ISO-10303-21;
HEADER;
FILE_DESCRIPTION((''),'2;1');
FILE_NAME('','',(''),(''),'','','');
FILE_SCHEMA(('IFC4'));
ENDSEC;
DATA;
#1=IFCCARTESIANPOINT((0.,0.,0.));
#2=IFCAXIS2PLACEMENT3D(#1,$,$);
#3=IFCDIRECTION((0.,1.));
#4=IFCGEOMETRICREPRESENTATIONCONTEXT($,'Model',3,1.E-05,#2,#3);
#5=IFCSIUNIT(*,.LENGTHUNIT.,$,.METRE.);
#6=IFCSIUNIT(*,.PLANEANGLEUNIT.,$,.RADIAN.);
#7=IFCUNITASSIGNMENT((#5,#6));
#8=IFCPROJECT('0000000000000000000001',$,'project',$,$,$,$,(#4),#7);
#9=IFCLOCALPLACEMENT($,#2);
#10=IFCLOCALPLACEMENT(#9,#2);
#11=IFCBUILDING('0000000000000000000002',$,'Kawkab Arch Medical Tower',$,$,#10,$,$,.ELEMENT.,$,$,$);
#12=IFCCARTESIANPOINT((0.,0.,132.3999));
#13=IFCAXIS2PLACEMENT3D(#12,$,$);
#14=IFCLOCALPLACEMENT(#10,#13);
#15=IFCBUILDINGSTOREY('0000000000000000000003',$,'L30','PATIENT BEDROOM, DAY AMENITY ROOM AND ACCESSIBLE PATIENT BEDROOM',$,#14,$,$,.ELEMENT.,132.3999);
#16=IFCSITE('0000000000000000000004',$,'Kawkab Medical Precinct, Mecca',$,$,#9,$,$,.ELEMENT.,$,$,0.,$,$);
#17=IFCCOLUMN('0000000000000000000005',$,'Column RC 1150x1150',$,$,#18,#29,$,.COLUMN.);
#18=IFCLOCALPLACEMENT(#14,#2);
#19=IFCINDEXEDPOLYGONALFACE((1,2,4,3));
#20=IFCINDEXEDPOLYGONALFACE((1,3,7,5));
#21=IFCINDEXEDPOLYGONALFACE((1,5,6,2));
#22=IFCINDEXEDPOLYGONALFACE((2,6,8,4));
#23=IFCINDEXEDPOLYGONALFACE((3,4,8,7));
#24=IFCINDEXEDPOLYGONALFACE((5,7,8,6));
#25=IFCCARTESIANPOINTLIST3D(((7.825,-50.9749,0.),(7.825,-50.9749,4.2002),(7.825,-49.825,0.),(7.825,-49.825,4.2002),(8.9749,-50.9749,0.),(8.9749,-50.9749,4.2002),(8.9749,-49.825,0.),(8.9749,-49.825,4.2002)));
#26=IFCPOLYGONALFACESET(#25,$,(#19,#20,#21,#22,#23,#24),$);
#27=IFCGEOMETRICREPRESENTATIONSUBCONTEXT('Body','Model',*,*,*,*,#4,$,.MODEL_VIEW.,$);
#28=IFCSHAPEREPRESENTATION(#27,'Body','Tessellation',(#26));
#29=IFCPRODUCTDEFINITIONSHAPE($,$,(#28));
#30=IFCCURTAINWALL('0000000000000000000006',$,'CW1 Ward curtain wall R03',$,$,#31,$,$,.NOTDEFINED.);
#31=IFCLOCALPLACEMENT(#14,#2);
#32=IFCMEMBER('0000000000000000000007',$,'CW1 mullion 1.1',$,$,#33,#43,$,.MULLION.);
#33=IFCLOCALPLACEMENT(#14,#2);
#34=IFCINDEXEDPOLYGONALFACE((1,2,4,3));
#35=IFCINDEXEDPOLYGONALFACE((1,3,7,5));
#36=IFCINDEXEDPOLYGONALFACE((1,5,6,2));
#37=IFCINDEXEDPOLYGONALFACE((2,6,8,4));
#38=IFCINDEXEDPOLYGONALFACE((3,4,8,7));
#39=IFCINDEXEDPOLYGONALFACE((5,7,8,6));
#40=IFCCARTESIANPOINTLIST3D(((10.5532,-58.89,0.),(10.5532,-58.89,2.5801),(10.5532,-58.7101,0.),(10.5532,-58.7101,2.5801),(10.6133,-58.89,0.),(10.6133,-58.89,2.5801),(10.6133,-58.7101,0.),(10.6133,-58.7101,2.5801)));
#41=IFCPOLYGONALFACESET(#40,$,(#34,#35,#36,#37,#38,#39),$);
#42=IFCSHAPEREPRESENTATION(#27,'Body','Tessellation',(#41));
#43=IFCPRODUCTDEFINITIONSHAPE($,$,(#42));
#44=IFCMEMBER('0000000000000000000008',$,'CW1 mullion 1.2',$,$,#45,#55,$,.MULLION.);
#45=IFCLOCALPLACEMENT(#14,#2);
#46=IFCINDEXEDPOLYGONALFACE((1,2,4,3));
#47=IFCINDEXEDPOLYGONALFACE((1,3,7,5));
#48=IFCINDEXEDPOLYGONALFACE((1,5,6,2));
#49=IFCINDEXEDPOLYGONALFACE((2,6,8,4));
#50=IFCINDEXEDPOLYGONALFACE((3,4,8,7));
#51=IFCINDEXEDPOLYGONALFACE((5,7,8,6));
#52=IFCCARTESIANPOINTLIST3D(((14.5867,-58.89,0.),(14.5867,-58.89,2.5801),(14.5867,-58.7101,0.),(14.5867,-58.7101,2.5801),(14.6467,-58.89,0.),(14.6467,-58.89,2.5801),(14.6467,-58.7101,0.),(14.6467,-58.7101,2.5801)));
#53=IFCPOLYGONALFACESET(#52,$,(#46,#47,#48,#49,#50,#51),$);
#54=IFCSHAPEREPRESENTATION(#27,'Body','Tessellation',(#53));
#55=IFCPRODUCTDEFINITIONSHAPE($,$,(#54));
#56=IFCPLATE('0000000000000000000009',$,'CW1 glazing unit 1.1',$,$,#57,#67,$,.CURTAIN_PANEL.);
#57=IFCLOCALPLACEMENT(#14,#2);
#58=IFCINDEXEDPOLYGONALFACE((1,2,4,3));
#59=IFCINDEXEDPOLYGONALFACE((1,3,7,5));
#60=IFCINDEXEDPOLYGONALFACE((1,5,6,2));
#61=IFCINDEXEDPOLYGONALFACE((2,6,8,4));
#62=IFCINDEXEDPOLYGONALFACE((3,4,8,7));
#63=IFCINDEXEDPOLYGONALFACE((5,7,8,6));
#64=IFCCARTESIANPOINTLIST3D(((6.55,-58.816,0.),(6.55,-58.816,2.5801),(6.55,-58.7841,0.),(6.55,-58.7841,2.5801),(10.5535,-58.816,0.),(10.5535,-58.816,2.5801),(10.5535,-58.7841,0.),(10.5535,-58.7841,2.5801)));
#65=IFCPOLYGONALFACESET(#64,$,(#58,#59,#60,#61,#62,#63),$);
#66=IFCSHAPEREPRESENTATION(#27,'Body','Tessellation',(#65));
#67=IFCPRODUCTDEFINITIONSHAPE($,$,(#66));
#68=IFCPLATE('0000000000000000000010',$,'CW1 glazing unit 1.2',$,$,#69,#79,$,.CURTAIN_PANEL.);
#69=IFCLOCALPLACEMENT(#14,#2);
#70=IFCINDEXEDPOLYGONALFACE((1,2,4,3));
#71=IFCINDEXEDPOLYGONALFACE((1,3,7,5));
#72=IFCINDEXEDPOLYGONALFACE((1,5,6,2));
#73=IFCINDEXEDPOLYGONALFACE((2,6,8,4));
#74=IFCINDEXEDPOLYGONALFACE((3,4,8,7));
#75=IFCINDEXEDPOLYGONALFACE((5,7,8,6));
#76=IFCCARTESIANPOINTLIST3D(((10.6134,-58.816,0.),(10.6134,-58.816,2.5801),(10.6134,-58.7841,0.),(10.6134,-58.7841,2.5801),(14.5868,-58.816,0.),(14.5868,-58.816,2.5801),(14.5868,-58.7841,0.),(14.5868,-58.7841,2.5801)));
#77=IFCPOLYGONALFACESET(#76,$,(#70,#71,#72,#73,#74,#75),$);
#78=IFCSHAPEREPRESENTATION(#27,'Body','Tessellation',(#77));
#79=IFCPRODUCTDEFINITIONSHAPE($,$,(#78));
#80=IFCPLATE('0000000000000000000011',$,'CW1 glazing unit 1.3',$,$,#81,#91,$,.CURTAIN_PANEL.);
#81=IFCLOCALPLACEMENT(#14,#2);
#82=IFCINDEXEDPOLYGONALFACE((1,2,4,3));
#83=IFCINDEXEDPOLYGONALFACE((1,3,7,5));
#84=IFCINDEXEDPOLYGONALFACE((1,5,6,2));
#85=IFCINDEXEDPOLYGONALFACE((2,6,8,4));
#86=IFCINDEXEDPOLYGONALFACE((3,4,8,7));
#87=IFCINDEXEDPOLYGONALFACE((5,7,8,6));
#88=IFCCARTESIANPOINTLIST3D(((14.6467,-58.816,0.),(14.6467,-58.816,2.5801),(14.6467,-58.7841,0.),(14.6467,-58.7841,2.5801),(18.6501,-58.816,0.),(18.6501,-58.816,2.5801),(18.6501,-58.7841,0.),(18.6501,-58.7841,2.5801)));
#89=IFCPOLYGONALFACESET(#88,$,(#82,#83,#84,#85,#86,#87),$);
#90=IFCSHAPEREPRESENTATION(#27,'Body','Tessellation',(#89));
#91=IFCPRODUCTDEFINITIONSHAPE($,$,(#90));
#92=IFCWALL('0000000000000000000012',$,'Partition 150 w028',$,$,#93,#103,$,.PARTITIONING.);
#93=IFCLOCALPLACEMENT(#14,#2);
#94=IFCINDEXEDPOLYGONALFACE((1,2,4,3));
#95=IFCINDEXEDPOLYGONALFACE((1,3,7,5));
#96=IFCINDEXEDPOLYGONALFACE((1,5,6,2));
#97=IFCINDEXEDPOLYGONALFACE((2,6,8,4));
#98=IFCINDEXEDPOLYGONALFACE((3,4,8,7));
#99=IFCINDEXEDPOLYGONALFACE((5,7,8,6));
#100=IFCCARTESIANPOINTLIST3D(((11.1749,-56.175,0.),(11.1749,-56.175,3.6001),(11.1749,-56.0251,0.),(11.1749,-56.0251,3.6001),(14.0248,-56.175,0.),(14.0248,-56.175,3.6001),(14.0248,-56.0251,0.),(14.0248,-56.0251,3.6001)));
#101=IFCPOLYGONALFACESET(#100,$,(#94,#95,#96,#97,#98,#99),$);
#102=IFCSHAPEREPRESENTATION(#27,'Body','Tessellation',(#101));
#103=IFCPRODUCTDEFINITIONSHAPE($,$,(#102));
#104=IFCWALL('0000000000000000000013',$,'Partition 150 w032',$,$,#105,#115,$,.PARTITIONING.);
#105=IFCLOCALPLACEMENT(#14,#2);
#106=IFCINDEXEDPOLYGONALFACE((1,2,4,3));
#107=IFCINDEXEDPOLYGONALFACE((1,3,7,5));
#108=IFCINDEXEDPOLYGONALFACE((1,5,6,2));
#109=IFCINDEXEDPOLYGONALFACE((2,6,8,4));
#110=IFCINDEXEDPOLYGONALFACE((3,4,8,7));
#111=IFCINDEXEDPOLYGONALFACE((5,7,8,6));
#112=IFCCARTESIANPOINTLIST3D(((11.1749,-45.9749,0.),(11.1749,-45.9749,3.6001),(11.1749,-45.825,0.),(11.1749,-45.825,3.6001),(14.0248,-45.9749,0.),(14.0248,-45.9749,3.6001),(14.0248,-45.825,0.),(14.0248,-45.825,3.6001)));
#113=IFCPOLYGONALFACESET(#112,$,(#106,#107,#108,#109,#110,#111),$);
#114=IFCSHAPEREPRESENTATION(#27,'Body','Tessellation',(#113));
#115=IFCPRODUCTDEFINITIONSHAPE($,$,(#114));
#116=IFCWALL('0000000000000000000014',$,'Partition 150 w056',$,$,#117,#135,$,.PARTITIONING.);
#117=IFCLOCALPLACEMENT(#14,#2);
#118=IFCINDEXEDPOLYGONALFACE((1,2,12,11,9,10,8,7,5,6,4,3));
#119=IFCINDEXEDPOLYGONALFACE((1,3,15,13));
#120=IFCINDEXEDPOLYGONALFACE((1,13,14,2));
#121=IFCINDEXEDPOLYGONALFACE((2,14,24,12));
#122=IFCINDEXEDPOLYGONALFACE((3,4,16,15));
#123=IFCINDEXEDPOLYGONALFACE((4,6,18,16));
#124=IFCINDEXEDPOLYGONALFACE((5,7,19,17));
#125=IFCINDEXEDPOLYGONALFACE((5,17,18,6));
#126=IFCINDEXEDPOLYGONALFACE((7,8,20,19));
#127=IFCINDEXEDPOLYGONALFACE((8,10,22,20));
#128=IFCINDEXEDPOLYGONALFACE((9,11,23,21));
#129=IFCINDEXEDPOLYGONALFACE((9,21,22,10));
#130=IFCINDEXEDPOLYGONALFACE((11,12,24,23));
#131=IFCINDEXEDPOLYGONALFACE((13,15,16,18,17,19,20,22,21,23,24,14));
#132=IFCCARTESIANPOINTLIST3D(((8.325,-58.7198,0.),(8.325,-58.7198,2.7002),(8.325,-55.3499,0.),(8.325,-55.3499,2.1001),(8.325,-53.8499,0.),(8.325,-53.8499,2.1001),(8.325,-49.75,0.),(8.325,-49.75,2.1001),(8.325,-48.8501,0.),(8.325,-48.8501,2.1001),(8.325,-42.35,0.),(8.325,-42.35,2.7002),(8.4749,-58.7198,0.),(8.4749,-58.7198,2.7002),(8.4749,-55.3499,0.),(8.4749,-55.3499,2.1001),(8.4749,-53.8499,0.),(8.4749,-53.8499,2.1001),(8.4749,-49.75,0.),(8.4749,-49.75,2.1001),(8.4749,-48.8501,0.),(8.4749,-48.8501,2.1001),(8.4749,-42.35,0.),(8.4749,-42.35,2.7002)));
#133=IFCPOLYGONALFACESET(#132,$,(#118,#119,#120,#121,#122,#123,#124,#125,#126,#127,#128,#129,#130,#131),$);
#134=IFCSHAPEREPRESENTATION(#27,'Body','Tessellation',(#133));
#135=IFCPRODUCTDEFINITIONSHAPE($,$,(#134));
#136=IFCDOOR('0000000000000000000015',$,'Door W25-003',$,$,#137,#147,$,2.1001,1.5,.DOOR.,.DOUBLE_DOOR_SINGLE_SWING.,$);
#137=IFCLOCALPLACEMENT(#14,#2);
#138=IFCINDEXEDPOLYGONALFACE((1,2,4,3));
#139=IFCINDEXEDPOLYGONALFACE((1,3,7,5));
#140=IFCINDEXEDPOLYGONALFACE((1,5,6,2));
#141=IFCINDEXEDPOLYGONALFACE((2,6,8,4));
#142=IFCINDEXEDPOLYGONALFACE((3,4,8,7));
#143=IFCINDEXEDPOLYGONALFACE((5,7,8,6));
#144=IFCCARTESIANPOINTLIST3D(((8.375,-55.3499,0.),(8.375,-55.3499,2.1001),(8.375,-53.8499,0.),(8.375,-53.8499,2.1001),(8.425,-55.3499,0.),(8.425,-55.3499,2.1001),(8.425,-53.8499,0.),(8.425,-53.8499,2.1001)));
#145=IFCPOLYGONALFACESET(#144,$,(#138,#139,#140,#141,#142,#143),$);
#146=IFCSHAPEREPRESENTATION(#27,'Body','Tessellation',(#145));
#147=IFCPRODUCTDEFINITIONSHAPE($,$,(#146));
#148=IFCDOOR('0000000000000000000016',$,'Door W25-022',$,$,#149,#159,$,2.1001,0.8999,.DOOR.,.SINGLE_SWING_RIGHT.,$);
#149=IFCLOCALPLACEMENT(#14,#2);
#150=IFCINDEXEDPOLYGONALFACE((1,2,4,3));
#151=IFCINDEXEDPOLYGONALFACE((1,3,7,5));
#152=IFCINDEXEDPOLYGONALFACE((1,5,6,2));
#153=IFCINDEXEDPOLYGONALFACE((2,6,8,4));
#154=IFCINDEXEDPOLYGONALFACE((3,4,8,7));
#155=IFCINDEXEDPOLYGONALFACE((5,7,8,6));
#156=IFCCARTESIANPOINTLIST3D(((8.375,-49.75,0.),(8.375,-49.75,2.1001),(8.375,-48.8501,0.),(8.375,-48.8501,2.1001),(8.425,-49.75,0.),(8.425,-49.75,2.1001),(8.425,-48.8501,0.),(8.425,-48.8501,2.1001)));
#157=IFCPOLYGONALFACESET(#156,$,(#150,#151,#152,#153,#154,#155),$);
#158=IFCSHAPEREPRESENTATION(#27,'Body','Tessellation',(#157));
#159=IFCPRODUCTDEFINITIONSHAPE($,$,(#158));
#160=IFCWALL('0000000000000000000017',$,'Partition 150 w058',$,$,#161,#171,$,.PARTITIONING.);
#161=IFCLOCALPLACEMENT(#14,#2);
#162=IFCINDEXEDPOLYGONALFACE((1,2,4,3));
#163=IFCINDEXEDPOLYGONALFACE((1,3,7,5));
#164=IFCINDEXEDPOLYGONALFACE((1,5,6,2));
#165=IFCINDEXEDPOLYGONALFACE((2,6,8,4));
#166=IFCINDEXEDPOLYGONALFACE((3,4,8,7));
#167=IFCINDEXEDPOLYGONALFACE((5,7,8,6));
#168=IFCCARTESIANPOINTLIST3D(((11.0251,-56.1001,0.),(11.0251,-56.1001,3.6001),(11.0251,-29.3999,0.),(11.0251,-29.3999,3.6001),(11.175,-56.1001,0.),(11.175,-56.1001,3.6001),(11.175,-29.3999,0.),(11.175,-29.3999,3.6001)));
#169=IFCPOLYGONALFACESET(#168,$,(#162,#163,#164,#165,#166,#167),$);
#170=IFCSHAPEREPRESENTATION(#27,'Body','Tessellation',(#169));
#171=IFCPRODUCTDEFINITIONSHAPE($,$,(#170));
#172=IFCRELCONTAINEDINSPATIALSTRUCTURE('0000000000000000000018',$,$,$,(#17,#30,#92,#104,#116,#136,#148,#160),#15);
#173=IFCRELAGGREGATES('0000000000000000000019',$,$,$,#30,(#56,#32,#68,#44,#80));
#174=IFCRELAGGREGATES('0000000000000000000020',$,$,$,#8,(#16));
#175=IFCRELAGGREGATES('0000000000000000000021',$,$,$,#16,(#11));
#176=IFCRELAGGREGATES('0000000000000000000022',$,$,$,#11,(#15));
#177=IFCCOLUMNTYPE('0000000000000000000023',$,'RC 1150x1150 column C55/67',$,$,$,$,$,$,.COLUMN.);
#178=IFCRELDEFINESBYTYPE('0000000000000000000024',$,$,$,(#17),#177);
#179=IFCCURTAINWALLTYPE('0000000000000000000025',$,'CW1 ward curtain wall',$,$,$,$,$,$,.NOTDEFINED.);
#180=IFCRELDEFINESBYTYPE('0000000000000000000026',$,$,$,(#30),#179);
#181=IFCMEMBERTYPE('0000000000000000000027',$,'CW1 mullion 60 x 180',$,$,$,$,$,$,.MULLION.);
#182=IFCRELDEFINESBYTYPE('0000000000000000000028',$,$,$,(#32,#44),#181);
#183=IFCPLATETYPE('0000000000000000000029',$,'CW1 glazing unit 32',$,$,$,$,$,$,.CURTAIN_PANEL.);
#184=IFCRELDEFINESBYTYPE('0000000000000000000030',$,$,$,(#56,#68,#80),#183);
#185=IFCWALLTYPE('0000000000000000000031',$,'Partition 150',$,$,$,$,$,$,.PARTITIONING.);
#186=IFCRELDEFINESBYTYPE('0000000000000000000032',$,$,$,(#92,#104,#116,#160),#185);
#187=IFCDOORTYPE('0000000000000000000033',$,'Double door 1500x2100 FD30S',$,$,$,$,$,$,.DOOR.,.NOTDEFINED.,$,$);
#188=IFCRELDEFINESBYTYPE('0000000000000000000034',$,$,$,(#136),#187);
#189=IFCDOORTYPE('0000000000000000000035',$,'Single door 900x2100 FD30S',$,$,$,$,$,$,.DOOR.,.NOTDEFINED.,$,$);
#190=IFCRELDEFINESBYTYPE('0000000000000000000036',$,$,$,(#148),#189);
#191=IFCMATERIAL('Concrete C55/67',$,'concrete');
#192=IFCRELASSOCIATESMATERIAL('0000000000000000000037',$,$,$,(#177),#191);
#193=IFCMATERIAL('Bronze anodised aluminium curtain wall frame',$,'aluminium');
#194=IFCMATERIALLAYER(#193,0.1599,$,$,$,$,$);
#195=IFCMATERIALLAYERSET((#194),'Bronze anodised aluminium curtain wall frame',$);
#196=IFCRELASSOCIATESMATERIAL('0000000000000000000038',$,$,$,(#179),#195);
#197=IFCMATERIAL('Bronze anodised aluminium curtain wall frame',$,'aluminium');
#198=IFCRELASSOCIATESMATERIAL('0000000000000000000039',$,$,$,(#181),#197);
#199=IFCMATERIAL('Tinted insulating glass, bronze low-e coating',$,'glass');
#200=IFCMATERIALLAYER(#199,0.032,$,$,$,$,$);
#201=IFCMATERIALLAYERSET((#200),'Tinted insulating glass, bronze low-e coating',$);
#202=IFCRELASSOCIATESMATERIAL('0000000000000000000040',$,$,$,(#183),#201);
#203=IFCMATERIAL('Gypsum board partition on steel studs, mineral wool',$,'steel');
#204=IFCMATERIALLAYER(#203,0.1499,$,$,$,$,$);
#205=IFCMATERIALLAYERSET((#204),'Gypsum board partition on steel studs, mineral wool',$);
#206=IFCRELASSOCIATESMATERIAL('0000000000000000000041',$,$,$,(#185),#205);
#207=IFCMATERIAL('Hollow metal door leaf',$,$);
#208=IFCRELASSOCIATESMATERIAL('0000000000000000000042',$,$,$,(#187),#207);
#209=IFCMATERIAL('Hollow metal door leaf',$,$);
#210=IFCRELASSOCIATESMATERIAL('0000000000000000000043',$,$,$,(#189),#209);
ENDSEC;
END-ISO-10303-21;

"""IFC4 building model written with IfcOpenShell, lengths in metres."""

from ifc_helpers import new_model, si_unit, direction, frame, frame_2d, origin, origin_2d, place, context, subcontext, project, spatial, rectangle, extrude, material, layer, layer_set, material_profile, profile_set, type_object, element, fill, aggregate, save


model = new_model("IFC4")

# Units and contexts
model_context = context("Model", 3, precision=1e-05, world=origin(), true_north=direction((0.0, 1.0)))
body_context = subcontext(model_context, "Body", "Model", "MODEL_VIEW")
ifc_project = project(units=[si_unit("LENGTHUNIT", "METRE"), si_unit("PLANEANGLEUNIT", "RADIAN")], contexts=[model_context])

# Site, building, storey
site_placement = place(None, origin())
site = spatial("IfcSite", under=ifc_project, at=site_placement, Name="Kawkab Medical Precinct, Mecca", CompositionType="ELEMENT", RefElevation=0.0)
building_placement = place(site_placement, origin())
building = spatial("IfcBuilding", under=site, at=building_placement, Name="Kawkab Arch Medical Tower", CompositionType="ELEMENT")
storey_placement = place(building_placement, frame((0.0, 0.0, 132.3999)))
storey = spatial("IfcBuildingStorey", under=building, at=storey_placement, Name="L30", Description="PATIENT BEDROOM, DAY AMENITY ROOM AND ACCESSIBLE PATIENT BEDROOM", CompositionType="ELEMENT", Elevation=132.3999)

# Column
ifc_material_1 = material(Name="Concrete C55/67", Category="concrete")
ifc_material_profile_1 = material_profile(ifc_material_1, rectangle(XDim=1.1499, YDim=1.1499, at=origin_2d()), Name="RC 1150x1150")
ifc_profile_set_1 = profile_set([ifc_material_profile_1], Name="Concrete C55/67")
column_type = type_object("IfcColumnType", Name="RC 1150x1150 column C55/67", PredefinedType="COLUMN", material=ifc_profile_set_1)
column_placement = place(storey_placement, frame((8.3999, -50.3999, 0.0), z_axis=(0.0, 0.0, 1.0), x_axis=(1.0, 0.0, 0.0)))
element("IfcColumn", 1, at=column_placement, inside=storey, type_object=column_type, Name="Column RC 1150x1150", PredefinedType="COLUMN", context=body_context, shape_type="SweptSolid", body=[
    extrude(rectangle(XDim=1.1499, YDim=1.1499, at=origin_2d()), origin(), (0.0, 0.0, 1.0), 4.2002),
])

# Curtain wall, members, plates
ifc_material_2 = material(Name="Bronze anodised aluminium curtain wall frame", Category="aluminium")
ifc_layer_1 = layer(ifc_material_2, 0.1599)
ifc_layer_set_1 = layer_set([ifc_layer_1], Name="Bronze anodised aluminium curtain wall frame")
curtain_wall_type = type_object("IfcCurtainWallType", Name="CW1 ward curtain wall", PredefinedType="NOTDEFINED", material=ifc_layer_set_1)
curtain_wall_placement = place(storey_placement, origin())
curtain_wall = element("IfcCurtainWall", 2, at=curtain_wall_placement, inside=storey, type_object=curtain_wall_type, Name="CW1 Ward curtain wall R03", PredefinedType="NOTDEFINED")
ifc_material_3 = material(Name="Bronze anodised aluminium curtain wall frame", Category="aluminium")
ifc_material_profile_2 = material_profile(ifc_material_3, rectangle(XDim=0.1799, YDim=0.0601, at=origin_2d()), Name="AL 60x180")
ifc_profile_set_2 = profile_set([ifc_material_profile_2], Name="Bronze anodised aluminium curtain wall frame")
member_type = type_object("IfcMemberType", Name="CW1 mullion 60 x 180", PredefinedType="MULLION", material=ifc_profile_set_2)
member_1_placement = place(storey_placement, frame((10.5833, -58.8, 0.0), z_axis=(0.0, 0.0, 1.0), x_axis=(0.0, 1.0, 0.0)))
member_1 = element("IfcMember", 3, at=member_1_placement, type_object=member_type, Name="CW1 mullion 1.1", PredefinedType="MULLION", context=body_context, shape_type="SweptSolid", body=[
    extrude(rectangle(XDim=0.1799, YDim=0.0601, at=origin_2d()), origin(), (0.0, 0.0, 1.0), 2.5801),
])
member_2_placement = place(storey_placement, frame((14.6167, -58.8, 0.0), z_axis=(0.0, 0.0, 1.0), x_axis=(0.0, 1.0, 0.0)))
member_2 = element("IfcMember", 4, at=member_2_placement, type_object=member_type, Name="CW1 mullion 1.2", PredefinedType="MULLION", context=body_context, shape_type="SweptSolid", body=[
    extrude(rectangle(XDim=0.1799, YDim=0.0601, at=origin_2d()), origin(), (0.0, 0.0, 1.0), 2.5801),
])
ifc_material_4 = material(Name="Tinted insulating glass, bronze low-e coating", Category="glass")
ifc_layer_2 = layer(ifc_material_4, 0.032)
ifc_layer_set_2 = layer_set([ifc_layer_2], Name="Tinted insulating glass, bronze low-e coating")
plate_type = type_object("IfcPlateType", Name="CW1 glazing unit 32", PredefinedType="CURTAIN_PANEL", material=ifc_layer_set_2)
plate_1_placement = place(storey_placement, frame((8.5518, -58.8, 0.0), z_axis=(0.0, 0.0, 1.0), x_axis=(1.0, 0.0, 0.0)))
plate_1 = element("IfcPlate", 5, at=plate_1_placement, type_object=plate_type, Name="CW1 glazing unit 1.1", PredefinedType="CURTAIN_PANEL", context=body_context, shape_type="SweptSolid", body=[
    extrude(rectangle(XDim=4.0034, YDim=0.032, at=origin_2d()), origin(), (0.0, 0.0, 1.0), 2.5801),
])
plate_2_placement = place(storey_placement, frame((12.6001, -58.8, 0.0), z_axis=(0.0, 0.0, 1.0), x_axis=(1.0, 0.0, 0.0)))
plate_2 = element("IfcPlate", 6, at=plate_2_placement, type_object=plate_type, Name="CW1 glazing unit 1.2", PredefinedType="CURTAIN_PANEL", context=body_context, shape_type="SweptSolid", body=[
    extrude(rectangle(XDim=3.9734, YDim=0.032, at=origin_2d()), origin(), (0.0, 0.0, 1.0), 2.5801),
])
plate_3_placement = place(storey_placement, frame((16.6484, -58.8, 0.0), z_axis=(0.0, 0.0, 1.0), x_axis=(1.0, 0.0, 0.0)))
plate_3 = element("IfcPlate", 7, at=plate_3_placement, type_object=plate_type, Name="CW1 glazing unit 1.3", PredefinedType="CURTAIN_PANEL", context=body_context, shape_type="SweptSolid", body=[
    extrude(rectangle(XDim=4.0034, YDim=0.032, at=origin_2d()), origin(), (0.0, 0.0, 1.0), 2.5801),
])
aggregate(curtain_wall, [plate_1, member_1, plate_2, member_2, plate_3])

# Walls
ifc_material_5 = material(Name="Gypsum board partition on steel studs, mineral wool", Category="steel")
ifc_layer_3 = layer(ifc_material_5, 0.1499)
ifc_layer_set_3 = layer_set([ifc_layer_3], Name="Gypsum board partition on steel studs, mineral wool")
wall_type = type_object("IfcWallType", Name="Partition 150", PredefinedType="PARTITIONING", material=ifc_layer_set_3)
for number, where, z_axis, x_axis, name in (
    (8, (11.175, -56.1001, 0.0), (0.0, 0.0, 1.0), (1.0, 0.0, 0.0), "Partition 150 w028"),
    (9, (11.175, -45.8999, 0.0), (0.0, 0.0, 1.0), (1.0, 0.0, 0.0), "Partition 150 w032"),
):
    element("IfcWall", number, at=place(storey_placement, frame(where, z_axis=z_axis, x_axis=x_axis)), inside=storey, type_object=wall_type, Name=name, PredefinedType="PARTITIONING", context=body_context, shape_type="SweptSolid", body=[
        extrude(rectangle(XDim=2.8499, YDim=0.1499, at=frame_2d((1.4248, 0.0))), origin(), (0.0, 0.0, 1.0), 3.6001),
    ])

# Wall, openings, doors
wall_1_placement = place(storey_placement, frame((8.3999, -58.72, 0.0), z_axis=(0.0, 0.0, 1.0), x_axis=(0.0, 1.0, 0.0)))
wall_1 = element("IfcWall", 10, at=wall_1_placement, inside=storey, type_object=wall_type, Name="Partition 150 w056", PredefinedType="PARTITIONING", context=body_context, shape_type="SweptSolid", body=[
    extrude(rectangle(XDim=16.3699, YDim=0.1499, at=frame_2d((8.1851, 0.0))), origin(), (0.0, 0.0, 1.0), 2.7002),
])
opening_1_placement = place(wall_1_placement, frame((8.97, 0.0, 0.0)))
opening_1 = element("IfcOpeningElement", 11, at=opening_1_placement, cuts=wall_1, PredefinedType="OPENING", context=body_context, shape_type="SweptSolid", body=[
    extrude(rectangle(XDim=0.8999, YDim=2.1001, at=frame_2d((0.45, 1.05))), frame((0.0, 0.085, 0.0), z_axis=(0.0, -1.0, 0.0), x_axis=(1.0, 0.0, 0.0)), (0.0, 0.0, 1.0), 0.1699),
])
opening_2_placement = place(wall_1_placement, frame((3.3701, 0.0, 0.0)))
opening_2 = element("IfcOpeningElement", 12, at=opening_2_placement, cuts=wall_1, PredefinedType="OPENING", context=body_context, shape_type="SweptSolid", body=[
    extrude(rectangle(XDim=1.5, YDim=2.1001, at=frame_2d((0.75, 1.05))), frame((0.0, 0.085, 0.0), z_axis=(0.0, -1.0, 0.0), x_axis=(1.0, 0.0, 0.0)), (0.0, 0.0, 1.0), 0.1699),
])
ifc_material_6 = material(Name="Hollow metal door leaf")
door_type_1 = type_object("IfcDoorType", Name="Double door 1500x2100 FD30S", OperationType="NOTDEFINED", PredefinedType="DOOR", material=ifc_material_6)
door_1_placement = place(opening_2_placement, origin())
door_1 = element("IfcDoor", 13, at=door_1_placement, inside=storey, type_object=door_type_1, Name="Door W25-003", OperationType="DOUBLE_DOOR_SINGLE_SWING", OverallHeight=2.1001, OverallWidth=1.5, PredefinedType="DOOR", context=body_context, shape_type="SweptSolid", body=[
    extrude(rectangle(XDim=1.5, YDim=2.1001, at=frame_2d((0.75, 1.05))), frame((0.0, 0.0249, 0.0), z_axis=(0.0, -1.0, 0.0), x_axis=(1.0, 0.0, 0.0)), (0.0, 0.0, 1.0), 0.05),
])
fill(opening_2, door_1)
ifc_material_7 = material(Name="Hollow metal door leaf")
door_type_2 = type_object("IfcDoorType", Name="Single door 900x2100 FD30S", OperationType="NOTDEFINED", PredefinedType="DOOR", material=ifc_material_7)
door_2_placement = place(opening_1_placement, origin())
door_2 = element("IfcDoor", 14, at=door_2_placement, inside=storey, type_object=door_type_2, Name="Door W25-022", OperationType="SINGLE_SWING_RIGHT", OverallHeight=2.1001, OverallWidth=0.8999, PredefinedType="DOOR", context=body_context, shape_type="SweptSolid", body=[
    extrude(rectangle(XDim=0.8999, YDim=2.1001, at=frame_2d((0.45, 1.05))), frame((0.0, 0.0249, 0.0), z_axis=(0.0, -1.0, 0.0), x_axis=(1.0, 0.0, 0.0)), (0.0, 0.0, 1.0), 0.05),
])
fill(opening_1, door_2)

# Wall
wall_2_placement = place(storey_placement, frame((11.1001, -56.1001, 0.0), z_axis=(0.0, 0.0, 1.0), x_axis=(0.0, 1.0, 0.0)))
element("IfcWall", 15, at=wall_2_placement, inside=storey, type_object=wall_type, Name="Partition 150 w058", PredefinedType="PARTITIONING", context=body_context, shape_type="SweptSolid", body=[
    extrude(rectangle(XDim=26.7002, YDim=0.1499, at=frame_2d((13.3501, 0.0))), origin(), (0.0, 0.0, 1.0), 3.6001),
])

save(model, "model.ifc")
